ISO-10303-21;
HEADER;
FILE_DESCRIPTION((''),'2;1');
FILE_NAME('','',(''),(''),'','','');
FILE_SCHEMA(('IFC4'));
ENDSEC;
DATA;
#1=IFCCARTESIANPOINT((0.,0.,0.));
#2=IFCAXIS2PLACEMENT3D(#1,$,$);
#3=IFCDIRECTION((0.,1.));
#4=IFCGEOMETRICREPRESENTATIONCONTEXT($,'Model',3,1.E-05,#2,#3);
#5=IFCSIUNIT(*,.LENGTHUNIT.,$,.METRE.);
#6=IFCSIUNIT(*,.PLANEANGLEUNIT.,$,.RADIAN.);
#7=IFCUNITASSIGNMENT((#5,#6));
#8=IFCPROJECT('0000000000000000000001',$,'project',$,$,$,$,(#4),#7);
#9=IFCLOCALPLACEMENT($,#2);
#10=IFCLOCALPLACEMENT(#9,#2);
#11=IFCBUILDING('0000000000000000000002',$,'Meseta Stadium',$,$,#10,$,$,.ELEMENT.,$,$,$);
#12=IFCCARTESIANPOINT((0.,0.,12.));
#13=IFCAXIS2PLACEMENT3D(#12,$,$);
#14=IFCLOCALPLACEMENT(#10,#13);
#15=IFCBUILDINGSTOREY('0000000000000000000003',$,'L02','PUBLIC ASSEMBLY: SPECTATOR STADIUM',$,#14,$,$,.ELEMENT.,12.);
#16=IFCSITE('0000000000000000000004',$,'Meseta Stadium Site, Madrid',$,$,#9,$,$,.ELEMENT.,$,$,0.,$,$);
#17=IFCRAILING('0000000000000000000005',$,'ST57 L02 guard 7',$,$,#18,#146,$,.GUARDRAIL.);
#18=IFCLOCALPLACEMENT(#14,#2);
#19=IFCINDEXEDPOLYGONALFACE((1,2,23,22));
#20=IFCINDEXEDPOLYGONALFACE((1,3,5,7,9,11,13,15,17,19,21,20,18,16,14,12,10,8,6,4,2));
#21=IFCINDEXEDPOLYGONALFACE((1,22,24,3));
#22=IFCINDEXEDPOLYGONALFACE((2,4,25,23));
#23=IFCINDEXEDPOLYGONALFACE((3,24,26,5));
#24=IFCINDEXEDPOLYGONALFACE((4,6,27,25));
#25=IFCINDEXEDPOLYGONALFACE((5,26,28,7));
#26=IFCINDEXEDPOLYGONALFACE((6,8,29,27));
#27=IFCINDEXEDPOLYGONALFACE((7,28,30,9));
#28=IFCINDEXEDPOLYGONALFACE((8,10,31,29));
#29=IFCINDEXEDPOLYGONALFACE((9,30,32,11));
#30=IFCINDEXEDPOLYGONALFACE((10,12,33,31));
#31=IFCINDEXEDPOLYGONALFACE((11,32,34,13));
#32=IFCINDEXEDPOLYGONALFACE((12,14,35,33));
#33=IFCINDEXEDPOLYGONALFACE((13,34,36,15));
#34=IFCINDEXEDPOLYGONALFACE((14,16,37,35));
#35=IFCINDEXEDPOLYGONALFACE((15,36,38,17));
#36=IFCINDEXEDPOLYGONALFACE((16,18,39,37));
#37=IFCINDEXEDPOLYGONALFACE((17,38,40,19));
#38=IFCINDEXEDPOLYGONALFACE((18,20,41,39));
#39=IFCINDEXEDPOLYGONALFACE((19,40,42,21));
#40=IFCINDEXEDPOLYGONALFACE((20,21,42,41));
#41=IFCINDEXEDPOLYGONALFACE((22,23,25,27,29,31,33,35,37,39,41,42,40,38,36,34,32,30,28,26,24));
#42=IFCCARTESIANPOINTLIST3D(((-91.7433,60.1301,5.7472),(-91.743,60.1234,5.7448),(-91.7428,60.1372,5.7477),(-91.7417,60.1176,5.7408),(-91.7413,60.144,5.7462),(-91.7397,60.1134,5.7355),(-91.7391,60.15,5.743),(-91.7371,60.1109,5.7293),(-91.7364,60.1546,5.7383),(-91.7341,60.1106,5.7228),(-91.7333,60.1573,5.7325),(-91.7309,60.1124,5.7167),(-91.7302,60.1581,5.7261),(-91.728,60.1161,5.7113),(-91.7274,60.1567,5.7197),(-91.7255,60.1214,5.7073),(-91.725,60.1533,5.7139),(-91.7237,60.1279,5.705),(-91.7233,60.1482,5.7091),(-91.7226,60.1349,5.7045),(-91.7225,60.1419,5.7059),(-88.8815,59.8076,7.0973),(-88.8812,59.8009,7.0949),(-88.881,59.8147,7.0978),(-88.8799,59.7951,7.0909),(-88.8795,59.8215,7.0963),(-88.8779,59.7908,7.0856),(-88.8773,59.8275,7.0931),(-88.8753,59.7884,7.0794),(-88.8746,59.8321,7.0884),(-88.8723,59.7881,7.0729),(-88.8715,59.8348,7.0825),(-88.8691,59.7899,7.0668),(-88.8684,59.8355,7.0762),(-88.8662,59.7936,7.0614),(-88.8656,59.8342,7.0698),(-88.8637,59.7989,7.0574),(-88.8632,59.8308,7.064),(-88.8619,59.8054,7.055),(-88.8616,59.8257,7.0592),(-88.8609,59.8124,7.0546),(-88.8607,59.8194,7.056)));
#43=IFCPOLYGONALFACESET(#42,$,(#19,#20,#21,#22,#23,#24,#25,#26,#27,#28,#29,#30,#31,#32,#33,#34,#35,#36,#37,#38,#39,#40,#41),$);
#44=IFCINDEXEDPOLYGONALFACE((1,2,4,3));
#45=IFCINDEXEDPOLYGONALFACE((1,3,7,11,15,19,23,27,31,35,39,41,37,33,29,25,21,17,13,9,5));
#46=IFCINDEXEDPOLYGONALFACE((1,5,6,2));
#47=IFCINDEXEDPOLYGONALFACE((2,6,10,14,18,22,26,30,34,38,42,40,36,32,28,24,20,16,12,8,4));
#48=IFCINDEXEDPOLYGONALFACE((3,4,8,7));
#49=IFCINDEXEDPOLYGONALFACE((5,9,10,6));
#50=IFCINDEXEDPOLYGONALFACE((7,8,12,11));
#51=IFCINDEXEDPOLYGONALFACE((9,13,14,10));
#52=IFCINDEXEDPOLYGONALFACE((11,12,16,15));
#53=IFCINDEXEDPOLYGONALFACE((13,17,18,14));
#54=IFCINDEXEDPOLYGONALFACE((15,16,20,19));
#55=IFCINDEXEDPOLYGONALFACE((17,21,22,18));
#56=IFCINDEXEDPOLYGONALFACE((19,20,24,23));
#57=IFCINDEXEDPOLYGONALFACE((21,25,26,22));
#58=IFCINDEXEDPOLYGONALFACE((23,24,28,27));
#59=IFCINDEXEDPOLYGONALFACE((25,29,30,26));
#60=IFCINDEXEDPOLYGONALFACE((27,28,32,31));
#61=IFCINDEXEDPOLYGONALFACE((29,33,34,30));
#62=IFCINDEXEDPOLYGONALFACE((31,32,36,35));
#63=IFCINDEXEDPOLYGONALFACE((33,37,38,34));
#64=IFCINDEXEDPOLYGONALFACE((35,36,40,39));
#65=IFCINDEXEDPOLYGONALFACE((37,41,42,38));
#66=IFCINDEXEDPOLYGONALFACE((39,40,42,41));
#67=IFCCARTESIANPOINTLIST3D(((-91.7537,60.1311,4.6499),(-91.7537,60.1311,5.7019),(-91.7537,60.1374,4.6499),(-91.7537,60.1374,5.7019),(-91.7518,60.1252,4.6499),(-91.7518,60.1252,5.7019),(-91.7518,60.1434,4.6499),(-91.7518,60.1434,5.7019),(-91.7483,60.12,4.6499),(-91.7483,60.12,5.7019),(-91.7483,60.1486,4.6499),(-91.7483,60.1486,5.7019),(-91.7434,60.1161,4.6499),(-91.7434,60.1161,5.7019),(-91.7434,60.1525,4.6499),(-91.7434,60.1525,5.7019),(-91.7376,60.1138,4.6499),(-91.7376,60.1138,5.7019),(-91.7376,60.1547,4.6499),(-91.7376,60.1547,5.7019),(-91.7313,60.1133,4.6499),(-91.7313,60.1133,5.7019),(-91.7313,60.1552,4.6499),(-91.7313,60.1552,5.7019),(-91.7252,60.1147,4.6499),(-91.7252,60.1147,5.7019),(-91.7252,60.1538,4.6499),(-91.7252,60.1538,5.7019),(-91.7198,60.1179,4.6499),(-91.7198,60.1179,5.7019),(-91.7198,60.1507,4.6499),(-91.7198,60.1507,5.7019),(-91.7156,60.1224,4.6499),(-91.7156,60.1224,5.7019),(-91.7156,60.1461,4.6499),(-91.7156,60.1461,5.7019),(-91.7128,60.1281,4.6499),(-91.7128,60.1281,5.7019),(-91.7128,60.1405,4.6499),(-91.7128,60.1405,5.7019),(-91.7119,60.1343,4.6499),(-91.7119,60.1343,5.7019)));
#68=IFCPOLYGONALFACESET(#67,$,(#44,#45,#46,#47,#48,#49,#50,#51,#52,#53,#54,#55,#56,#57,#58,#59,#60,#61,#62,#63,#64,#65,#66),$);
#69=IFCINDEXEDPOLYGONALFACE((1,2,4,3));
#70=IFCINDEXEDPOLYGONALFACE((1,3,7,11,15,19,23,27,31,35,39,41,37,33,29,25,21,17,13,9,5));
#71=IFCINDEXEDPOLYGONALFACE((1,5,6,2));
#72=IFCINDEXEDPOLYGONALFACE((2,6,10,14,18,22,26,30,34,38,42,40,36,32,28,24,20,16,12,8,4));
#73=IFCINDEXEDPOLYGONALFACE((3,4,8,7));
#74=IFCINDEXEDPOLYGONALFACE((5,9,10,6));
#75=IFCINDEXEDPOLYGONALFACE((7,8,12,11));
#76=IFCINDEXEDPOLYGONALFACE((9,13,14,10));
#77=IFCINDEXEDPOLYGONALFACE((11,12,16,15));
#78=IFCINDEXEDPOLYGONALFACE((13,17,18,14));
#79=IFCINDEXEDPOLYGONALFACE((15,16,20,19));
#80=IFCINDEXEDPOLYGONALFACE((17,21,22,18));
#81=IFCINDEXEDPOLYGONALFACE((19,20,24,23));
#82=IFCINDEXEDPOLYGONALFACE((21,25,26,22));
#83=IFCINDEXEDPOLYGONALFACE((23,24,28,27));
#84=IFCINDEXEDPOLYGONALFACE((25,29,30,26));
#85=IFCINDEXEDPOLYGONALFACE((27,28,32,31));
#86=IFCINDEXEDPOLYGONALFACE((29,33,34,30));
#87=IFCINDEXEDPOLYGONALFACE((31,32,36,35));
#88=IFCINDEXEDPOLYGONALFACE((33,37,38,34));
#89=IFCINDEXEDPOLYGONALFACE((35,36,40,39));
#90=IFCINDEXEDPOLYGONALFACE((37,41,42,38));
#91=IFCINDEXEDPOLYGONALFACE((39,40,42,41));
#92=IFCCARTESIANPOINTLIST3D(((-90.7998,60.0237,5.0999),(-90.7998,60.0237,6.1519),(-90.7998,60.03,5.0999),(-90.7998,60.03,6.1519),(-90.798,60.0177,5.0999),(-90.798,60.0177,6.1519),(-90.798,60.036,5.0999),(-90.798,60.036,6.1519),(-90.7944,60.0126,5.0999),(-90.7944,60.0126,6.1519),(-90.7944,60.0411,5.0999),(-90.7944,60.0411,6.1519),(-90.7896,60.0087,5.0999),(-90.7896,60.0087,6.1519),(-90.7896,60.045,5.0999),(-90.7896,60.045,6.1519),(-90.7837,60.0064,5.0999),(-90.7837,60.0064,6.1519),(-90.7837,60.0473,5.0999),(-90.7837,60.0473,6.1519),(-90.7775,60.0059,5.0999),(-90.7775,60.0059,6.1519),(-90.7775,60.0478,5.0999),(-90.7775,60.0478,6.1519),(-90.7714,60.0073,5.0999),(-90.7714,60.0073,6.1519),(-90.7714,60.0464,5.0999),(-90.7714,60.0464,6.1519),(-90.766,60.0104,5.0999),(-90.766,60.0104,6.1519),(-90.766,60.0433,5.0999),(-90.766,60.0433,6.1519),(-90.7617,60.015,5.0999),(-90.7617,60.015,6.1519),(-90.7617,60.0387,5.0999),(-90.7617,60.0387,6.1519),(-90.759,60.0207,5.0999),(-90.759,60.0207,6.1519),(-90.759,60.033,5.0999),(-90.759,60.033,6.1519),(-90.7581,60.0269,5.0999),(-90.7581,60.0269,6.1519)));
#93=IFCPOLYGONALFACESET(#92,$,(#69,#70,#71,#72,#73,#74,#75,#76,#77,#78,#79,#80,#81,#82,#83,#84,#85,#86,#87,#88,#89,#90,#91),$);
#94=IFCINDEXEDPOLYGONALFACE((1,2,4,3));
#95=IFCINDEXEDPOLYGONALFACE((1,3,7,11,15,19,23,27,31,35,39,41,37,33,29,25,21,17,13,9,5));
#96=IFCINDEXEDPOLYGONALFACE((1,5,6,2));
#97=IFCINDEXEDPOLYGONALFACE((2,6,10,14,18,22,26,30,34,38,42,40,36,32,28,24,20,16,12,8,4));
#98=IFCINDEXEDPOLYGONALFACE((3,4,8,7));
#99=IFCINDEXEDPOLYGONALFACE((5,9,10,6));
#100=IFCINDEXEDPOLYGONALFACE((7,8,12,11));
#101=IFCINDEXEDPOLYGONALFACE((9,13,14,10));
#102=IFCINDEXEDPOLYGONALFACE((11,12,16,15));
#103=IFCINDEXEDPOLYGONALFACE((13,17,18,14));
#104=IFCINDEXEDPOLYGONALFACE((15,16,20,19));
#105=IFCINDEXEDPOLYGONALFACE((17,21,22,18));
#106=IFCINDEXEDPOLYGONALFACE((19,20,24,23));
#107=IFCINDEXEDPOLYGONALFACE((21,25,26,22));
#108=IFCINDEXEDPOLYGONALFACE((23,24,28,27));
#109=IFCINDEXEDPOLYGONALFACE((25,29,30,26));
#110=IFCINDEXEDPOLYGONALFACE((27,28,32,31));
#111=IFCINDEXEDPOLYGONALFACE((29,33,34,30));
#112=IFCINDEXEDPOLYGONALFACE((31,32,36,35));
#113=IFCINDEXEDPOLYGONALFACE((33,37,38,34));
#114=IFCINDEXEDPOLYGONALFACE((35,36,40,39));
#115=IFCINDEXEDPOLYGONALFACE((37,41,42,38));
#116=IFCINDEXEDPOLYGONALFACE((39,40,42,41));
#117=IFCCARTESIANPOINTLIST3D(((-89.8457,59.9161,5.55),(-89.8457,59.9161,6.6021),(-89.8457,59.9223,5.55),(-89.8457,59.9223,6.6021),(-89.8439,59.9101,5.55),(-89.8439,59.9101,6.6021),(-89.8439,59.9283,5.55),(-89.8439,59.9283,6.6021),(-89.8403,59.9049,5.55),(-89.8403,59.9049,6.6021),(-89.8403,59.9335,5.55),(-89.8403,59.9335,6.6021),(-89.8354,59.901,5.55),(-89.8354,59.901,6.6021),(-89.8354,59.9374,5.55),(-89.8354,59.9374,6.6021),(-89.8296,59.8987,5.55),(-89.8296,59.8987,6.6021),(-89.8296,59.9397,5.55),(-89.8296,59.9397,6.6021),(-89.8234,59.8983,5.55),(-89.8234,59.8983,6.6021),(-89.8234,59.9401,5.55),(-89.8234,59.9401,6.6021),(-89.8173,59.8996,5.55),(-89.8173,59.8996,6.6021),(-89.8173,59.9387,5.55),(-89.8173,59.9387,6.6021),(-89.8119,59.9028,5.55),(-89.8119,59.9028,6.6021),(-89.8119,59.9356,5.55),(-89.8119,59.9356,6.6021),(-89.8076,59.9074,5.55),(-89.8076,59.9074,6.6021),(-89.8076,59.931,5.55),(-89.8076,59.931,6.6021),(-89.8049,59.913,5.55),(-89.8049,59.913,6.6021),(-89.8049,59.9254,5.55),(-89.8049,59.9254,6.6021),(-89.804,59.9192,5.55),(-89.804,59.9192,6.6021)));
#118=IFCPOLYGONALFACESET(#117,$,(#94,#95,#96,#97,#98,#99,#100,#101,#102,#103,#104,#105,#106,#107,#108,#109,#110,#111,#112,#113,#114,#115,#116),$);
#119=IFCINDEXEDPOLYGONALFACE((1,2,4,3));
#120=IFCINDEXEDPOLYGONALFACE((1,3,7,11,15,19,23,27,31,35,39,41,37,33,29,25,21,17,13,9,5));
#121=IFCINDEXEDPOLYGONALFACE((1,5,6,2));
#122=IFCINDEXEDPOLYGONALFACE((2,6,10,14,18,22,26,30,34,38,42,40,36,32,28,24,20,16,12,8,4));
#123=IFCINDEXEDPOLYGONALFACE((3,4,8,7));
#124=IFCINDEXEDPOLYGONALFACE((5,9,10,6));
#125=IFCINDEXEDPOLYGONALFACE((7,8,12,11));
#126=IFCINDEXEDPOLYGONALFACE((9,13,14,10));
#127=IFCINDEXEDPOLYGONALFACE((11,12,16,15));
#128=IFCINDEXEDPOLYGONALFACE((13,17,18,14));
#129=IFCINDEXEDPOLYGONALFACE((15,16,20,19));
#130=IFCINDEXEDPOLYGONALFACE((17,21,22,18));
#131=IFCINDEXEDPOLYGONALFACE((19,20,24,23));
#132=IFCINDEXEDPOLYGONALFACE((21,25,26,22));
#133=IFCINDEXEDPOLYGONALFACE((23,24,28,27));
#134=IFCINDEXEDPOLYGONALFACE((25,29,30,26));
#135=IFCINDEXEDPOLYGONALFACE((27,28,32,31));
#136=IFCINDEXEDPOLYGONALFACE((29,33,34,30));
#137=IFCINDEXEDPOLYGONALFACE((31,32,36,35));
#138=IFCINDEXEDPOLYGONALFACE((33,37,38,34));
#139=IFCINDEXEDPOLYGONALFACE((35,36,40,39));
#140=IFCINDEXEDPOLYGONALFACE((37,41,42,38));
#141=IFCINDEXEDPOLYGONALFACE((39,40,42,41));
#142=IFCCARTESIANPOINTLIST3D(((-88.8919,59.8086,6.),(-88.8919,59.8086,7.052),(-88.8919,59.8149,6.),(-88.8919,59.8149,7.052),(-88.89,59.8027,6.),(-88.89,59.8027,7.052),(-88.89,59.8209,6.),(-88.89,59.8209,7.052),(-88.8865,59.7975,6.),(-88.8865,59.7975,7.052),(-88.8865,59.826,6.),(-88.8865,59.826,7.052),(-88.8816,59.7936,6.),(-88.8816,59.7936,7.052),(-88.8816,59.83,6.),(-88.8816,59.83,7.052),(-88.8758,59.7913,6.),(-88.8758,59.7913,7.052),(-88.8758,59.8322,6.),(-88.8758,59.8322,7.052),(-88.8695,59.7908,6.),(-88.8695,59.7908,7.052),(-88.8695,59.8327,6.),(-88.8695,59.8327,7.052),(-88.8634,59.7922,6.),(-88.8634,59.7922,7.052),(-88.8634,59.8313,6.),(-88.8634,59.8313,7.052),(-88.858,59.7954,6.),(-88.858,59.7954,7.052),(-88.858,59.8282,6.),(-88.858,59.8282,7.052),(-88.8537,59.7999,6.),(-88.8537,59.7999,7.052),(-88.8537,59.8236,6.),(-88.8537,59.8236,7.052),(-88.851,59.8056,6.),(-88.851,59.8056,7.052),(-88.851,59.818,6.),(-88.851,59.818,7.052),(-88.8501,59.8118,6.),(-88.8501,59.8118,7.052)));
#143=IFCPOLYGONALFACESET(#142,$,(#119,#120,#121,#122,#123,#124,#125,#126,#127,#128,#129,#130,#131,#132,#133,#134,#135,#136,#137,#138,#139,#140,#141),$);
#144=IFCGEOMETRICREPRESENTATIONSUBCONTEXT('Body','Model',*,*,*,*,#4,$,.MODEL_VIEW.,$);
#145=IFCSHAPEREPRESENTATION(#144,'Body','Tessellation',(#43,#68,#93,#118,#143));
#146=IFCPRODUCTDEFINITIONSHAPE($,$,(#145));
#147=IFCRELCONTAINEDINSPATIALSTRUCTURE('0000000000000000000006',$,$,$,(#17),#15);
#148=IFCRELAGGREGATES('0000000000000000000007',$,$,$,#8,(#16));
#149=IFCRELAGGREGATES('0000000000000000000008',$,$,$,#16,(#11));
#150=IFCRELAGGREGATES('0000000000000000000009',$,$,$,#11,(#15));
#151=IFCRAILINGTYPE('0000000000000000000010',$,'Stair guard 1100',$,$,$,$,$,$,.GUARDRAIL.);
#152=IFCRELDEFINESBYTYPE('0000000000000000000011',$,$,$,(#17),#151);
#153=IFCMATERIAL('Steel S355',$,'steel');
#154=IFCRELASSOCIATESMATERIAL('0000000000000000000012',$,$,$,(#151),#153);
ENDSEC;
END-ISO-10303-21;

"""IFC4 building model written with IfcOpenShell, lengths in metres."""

from ifc_helpers import new_model, si_unit, direction, frame, origin, origin_2d, place, context, subcontext, project, spatial, circle, extrude, material, type_object, element, save


model = new_model("IFC4")

# Units and contexts
model_context = context("Model", 3, precision=1e-05, world=origin(), true_north=direction((0.0, 1.0)))
body_context = subcontext(model_context, "Body", "Model", "MODEL_VIEW")
ifc_project = project(units=[si_unit("LENGTHUNIT", "METRE"), si_unit("PLANEANGLEUNIT", "RADIAN")], contexts=[model_context])

# Site, building, storey
site_placement = place(None, origin())
site = spatial("IfcSite", under=ifc_project, at=site_placement, Name="Meseta Stadium Site, Madrid", CompositionType="ELEMENT", RefElevation=0.0)
building_placement = place(site_placement, origin())
building = spatial("IfcBuilding", under=site, at=building_placement, Name="Meseta Stadium", CompositionType="ELEMENT")
storey_placement = place(building_placement, frame((0.0, 0.0, 12.0)))
storey = spatial("IfcBuildingStorey", under=building, at=storey_placement, Name="L02", Description="PUBLIC ASSEMBLY: SPECTATOR STADIUM", CompositionType="ELEMENT", Elevation=12.0)

# Railing
ifc_material_1 = material(Name="Steel S355", Category="steel")
railing_type_1 = type_object("IfcRailingType", Name="Stair guard 1100", PredefinedType="GUARDRAIL", material=ifc_material_1)
railing_1_placement = place(storey_placement, frame((-91.7329, 60.1343, 4.6499)))
element("IfcRailing", 1, at=railing_1_placement, inside=storey, type_object=railing_type_1, Name="ST57 L02 guard 7", PredefinedType="GUARDRAIL", context=body_context, shape_type="SweptSolid", body=[
    extrude(circle(Radius=0.0239, at=origin_2d()), frame((0.0, 0.0, 1.0762), z_axis=(0.899748, -0.101396, 0.424467), x_axis=(0.111985, 0.99371, 0.0)), (0.0, 0.0, 1.0), 3.1807),
    extrude(circle(Radius=0.021, at=origin_2d()), origin(), (0.0, 0.0, 1.0), 1.052),
    extrude(circle(Radius=0.021, at=origin_2d()), frame((0.9539, -0.1074, 0.45)), (0.0, 0.0, 1.0), 1.052),
    extrude(circle(Radius=0.021, at=origin_2d()), frame((1.908, -0.2151, 0.9001)), (0.0, 0.0, 1.0), 1.052),
    extrude(circle(Radius=0.021, at=origin_2d()), frame((2.8618, -0.3225, 1.3501)), (0.0, 0.0, 1.0), 1.052),
])

save(model, "model.ifc")
